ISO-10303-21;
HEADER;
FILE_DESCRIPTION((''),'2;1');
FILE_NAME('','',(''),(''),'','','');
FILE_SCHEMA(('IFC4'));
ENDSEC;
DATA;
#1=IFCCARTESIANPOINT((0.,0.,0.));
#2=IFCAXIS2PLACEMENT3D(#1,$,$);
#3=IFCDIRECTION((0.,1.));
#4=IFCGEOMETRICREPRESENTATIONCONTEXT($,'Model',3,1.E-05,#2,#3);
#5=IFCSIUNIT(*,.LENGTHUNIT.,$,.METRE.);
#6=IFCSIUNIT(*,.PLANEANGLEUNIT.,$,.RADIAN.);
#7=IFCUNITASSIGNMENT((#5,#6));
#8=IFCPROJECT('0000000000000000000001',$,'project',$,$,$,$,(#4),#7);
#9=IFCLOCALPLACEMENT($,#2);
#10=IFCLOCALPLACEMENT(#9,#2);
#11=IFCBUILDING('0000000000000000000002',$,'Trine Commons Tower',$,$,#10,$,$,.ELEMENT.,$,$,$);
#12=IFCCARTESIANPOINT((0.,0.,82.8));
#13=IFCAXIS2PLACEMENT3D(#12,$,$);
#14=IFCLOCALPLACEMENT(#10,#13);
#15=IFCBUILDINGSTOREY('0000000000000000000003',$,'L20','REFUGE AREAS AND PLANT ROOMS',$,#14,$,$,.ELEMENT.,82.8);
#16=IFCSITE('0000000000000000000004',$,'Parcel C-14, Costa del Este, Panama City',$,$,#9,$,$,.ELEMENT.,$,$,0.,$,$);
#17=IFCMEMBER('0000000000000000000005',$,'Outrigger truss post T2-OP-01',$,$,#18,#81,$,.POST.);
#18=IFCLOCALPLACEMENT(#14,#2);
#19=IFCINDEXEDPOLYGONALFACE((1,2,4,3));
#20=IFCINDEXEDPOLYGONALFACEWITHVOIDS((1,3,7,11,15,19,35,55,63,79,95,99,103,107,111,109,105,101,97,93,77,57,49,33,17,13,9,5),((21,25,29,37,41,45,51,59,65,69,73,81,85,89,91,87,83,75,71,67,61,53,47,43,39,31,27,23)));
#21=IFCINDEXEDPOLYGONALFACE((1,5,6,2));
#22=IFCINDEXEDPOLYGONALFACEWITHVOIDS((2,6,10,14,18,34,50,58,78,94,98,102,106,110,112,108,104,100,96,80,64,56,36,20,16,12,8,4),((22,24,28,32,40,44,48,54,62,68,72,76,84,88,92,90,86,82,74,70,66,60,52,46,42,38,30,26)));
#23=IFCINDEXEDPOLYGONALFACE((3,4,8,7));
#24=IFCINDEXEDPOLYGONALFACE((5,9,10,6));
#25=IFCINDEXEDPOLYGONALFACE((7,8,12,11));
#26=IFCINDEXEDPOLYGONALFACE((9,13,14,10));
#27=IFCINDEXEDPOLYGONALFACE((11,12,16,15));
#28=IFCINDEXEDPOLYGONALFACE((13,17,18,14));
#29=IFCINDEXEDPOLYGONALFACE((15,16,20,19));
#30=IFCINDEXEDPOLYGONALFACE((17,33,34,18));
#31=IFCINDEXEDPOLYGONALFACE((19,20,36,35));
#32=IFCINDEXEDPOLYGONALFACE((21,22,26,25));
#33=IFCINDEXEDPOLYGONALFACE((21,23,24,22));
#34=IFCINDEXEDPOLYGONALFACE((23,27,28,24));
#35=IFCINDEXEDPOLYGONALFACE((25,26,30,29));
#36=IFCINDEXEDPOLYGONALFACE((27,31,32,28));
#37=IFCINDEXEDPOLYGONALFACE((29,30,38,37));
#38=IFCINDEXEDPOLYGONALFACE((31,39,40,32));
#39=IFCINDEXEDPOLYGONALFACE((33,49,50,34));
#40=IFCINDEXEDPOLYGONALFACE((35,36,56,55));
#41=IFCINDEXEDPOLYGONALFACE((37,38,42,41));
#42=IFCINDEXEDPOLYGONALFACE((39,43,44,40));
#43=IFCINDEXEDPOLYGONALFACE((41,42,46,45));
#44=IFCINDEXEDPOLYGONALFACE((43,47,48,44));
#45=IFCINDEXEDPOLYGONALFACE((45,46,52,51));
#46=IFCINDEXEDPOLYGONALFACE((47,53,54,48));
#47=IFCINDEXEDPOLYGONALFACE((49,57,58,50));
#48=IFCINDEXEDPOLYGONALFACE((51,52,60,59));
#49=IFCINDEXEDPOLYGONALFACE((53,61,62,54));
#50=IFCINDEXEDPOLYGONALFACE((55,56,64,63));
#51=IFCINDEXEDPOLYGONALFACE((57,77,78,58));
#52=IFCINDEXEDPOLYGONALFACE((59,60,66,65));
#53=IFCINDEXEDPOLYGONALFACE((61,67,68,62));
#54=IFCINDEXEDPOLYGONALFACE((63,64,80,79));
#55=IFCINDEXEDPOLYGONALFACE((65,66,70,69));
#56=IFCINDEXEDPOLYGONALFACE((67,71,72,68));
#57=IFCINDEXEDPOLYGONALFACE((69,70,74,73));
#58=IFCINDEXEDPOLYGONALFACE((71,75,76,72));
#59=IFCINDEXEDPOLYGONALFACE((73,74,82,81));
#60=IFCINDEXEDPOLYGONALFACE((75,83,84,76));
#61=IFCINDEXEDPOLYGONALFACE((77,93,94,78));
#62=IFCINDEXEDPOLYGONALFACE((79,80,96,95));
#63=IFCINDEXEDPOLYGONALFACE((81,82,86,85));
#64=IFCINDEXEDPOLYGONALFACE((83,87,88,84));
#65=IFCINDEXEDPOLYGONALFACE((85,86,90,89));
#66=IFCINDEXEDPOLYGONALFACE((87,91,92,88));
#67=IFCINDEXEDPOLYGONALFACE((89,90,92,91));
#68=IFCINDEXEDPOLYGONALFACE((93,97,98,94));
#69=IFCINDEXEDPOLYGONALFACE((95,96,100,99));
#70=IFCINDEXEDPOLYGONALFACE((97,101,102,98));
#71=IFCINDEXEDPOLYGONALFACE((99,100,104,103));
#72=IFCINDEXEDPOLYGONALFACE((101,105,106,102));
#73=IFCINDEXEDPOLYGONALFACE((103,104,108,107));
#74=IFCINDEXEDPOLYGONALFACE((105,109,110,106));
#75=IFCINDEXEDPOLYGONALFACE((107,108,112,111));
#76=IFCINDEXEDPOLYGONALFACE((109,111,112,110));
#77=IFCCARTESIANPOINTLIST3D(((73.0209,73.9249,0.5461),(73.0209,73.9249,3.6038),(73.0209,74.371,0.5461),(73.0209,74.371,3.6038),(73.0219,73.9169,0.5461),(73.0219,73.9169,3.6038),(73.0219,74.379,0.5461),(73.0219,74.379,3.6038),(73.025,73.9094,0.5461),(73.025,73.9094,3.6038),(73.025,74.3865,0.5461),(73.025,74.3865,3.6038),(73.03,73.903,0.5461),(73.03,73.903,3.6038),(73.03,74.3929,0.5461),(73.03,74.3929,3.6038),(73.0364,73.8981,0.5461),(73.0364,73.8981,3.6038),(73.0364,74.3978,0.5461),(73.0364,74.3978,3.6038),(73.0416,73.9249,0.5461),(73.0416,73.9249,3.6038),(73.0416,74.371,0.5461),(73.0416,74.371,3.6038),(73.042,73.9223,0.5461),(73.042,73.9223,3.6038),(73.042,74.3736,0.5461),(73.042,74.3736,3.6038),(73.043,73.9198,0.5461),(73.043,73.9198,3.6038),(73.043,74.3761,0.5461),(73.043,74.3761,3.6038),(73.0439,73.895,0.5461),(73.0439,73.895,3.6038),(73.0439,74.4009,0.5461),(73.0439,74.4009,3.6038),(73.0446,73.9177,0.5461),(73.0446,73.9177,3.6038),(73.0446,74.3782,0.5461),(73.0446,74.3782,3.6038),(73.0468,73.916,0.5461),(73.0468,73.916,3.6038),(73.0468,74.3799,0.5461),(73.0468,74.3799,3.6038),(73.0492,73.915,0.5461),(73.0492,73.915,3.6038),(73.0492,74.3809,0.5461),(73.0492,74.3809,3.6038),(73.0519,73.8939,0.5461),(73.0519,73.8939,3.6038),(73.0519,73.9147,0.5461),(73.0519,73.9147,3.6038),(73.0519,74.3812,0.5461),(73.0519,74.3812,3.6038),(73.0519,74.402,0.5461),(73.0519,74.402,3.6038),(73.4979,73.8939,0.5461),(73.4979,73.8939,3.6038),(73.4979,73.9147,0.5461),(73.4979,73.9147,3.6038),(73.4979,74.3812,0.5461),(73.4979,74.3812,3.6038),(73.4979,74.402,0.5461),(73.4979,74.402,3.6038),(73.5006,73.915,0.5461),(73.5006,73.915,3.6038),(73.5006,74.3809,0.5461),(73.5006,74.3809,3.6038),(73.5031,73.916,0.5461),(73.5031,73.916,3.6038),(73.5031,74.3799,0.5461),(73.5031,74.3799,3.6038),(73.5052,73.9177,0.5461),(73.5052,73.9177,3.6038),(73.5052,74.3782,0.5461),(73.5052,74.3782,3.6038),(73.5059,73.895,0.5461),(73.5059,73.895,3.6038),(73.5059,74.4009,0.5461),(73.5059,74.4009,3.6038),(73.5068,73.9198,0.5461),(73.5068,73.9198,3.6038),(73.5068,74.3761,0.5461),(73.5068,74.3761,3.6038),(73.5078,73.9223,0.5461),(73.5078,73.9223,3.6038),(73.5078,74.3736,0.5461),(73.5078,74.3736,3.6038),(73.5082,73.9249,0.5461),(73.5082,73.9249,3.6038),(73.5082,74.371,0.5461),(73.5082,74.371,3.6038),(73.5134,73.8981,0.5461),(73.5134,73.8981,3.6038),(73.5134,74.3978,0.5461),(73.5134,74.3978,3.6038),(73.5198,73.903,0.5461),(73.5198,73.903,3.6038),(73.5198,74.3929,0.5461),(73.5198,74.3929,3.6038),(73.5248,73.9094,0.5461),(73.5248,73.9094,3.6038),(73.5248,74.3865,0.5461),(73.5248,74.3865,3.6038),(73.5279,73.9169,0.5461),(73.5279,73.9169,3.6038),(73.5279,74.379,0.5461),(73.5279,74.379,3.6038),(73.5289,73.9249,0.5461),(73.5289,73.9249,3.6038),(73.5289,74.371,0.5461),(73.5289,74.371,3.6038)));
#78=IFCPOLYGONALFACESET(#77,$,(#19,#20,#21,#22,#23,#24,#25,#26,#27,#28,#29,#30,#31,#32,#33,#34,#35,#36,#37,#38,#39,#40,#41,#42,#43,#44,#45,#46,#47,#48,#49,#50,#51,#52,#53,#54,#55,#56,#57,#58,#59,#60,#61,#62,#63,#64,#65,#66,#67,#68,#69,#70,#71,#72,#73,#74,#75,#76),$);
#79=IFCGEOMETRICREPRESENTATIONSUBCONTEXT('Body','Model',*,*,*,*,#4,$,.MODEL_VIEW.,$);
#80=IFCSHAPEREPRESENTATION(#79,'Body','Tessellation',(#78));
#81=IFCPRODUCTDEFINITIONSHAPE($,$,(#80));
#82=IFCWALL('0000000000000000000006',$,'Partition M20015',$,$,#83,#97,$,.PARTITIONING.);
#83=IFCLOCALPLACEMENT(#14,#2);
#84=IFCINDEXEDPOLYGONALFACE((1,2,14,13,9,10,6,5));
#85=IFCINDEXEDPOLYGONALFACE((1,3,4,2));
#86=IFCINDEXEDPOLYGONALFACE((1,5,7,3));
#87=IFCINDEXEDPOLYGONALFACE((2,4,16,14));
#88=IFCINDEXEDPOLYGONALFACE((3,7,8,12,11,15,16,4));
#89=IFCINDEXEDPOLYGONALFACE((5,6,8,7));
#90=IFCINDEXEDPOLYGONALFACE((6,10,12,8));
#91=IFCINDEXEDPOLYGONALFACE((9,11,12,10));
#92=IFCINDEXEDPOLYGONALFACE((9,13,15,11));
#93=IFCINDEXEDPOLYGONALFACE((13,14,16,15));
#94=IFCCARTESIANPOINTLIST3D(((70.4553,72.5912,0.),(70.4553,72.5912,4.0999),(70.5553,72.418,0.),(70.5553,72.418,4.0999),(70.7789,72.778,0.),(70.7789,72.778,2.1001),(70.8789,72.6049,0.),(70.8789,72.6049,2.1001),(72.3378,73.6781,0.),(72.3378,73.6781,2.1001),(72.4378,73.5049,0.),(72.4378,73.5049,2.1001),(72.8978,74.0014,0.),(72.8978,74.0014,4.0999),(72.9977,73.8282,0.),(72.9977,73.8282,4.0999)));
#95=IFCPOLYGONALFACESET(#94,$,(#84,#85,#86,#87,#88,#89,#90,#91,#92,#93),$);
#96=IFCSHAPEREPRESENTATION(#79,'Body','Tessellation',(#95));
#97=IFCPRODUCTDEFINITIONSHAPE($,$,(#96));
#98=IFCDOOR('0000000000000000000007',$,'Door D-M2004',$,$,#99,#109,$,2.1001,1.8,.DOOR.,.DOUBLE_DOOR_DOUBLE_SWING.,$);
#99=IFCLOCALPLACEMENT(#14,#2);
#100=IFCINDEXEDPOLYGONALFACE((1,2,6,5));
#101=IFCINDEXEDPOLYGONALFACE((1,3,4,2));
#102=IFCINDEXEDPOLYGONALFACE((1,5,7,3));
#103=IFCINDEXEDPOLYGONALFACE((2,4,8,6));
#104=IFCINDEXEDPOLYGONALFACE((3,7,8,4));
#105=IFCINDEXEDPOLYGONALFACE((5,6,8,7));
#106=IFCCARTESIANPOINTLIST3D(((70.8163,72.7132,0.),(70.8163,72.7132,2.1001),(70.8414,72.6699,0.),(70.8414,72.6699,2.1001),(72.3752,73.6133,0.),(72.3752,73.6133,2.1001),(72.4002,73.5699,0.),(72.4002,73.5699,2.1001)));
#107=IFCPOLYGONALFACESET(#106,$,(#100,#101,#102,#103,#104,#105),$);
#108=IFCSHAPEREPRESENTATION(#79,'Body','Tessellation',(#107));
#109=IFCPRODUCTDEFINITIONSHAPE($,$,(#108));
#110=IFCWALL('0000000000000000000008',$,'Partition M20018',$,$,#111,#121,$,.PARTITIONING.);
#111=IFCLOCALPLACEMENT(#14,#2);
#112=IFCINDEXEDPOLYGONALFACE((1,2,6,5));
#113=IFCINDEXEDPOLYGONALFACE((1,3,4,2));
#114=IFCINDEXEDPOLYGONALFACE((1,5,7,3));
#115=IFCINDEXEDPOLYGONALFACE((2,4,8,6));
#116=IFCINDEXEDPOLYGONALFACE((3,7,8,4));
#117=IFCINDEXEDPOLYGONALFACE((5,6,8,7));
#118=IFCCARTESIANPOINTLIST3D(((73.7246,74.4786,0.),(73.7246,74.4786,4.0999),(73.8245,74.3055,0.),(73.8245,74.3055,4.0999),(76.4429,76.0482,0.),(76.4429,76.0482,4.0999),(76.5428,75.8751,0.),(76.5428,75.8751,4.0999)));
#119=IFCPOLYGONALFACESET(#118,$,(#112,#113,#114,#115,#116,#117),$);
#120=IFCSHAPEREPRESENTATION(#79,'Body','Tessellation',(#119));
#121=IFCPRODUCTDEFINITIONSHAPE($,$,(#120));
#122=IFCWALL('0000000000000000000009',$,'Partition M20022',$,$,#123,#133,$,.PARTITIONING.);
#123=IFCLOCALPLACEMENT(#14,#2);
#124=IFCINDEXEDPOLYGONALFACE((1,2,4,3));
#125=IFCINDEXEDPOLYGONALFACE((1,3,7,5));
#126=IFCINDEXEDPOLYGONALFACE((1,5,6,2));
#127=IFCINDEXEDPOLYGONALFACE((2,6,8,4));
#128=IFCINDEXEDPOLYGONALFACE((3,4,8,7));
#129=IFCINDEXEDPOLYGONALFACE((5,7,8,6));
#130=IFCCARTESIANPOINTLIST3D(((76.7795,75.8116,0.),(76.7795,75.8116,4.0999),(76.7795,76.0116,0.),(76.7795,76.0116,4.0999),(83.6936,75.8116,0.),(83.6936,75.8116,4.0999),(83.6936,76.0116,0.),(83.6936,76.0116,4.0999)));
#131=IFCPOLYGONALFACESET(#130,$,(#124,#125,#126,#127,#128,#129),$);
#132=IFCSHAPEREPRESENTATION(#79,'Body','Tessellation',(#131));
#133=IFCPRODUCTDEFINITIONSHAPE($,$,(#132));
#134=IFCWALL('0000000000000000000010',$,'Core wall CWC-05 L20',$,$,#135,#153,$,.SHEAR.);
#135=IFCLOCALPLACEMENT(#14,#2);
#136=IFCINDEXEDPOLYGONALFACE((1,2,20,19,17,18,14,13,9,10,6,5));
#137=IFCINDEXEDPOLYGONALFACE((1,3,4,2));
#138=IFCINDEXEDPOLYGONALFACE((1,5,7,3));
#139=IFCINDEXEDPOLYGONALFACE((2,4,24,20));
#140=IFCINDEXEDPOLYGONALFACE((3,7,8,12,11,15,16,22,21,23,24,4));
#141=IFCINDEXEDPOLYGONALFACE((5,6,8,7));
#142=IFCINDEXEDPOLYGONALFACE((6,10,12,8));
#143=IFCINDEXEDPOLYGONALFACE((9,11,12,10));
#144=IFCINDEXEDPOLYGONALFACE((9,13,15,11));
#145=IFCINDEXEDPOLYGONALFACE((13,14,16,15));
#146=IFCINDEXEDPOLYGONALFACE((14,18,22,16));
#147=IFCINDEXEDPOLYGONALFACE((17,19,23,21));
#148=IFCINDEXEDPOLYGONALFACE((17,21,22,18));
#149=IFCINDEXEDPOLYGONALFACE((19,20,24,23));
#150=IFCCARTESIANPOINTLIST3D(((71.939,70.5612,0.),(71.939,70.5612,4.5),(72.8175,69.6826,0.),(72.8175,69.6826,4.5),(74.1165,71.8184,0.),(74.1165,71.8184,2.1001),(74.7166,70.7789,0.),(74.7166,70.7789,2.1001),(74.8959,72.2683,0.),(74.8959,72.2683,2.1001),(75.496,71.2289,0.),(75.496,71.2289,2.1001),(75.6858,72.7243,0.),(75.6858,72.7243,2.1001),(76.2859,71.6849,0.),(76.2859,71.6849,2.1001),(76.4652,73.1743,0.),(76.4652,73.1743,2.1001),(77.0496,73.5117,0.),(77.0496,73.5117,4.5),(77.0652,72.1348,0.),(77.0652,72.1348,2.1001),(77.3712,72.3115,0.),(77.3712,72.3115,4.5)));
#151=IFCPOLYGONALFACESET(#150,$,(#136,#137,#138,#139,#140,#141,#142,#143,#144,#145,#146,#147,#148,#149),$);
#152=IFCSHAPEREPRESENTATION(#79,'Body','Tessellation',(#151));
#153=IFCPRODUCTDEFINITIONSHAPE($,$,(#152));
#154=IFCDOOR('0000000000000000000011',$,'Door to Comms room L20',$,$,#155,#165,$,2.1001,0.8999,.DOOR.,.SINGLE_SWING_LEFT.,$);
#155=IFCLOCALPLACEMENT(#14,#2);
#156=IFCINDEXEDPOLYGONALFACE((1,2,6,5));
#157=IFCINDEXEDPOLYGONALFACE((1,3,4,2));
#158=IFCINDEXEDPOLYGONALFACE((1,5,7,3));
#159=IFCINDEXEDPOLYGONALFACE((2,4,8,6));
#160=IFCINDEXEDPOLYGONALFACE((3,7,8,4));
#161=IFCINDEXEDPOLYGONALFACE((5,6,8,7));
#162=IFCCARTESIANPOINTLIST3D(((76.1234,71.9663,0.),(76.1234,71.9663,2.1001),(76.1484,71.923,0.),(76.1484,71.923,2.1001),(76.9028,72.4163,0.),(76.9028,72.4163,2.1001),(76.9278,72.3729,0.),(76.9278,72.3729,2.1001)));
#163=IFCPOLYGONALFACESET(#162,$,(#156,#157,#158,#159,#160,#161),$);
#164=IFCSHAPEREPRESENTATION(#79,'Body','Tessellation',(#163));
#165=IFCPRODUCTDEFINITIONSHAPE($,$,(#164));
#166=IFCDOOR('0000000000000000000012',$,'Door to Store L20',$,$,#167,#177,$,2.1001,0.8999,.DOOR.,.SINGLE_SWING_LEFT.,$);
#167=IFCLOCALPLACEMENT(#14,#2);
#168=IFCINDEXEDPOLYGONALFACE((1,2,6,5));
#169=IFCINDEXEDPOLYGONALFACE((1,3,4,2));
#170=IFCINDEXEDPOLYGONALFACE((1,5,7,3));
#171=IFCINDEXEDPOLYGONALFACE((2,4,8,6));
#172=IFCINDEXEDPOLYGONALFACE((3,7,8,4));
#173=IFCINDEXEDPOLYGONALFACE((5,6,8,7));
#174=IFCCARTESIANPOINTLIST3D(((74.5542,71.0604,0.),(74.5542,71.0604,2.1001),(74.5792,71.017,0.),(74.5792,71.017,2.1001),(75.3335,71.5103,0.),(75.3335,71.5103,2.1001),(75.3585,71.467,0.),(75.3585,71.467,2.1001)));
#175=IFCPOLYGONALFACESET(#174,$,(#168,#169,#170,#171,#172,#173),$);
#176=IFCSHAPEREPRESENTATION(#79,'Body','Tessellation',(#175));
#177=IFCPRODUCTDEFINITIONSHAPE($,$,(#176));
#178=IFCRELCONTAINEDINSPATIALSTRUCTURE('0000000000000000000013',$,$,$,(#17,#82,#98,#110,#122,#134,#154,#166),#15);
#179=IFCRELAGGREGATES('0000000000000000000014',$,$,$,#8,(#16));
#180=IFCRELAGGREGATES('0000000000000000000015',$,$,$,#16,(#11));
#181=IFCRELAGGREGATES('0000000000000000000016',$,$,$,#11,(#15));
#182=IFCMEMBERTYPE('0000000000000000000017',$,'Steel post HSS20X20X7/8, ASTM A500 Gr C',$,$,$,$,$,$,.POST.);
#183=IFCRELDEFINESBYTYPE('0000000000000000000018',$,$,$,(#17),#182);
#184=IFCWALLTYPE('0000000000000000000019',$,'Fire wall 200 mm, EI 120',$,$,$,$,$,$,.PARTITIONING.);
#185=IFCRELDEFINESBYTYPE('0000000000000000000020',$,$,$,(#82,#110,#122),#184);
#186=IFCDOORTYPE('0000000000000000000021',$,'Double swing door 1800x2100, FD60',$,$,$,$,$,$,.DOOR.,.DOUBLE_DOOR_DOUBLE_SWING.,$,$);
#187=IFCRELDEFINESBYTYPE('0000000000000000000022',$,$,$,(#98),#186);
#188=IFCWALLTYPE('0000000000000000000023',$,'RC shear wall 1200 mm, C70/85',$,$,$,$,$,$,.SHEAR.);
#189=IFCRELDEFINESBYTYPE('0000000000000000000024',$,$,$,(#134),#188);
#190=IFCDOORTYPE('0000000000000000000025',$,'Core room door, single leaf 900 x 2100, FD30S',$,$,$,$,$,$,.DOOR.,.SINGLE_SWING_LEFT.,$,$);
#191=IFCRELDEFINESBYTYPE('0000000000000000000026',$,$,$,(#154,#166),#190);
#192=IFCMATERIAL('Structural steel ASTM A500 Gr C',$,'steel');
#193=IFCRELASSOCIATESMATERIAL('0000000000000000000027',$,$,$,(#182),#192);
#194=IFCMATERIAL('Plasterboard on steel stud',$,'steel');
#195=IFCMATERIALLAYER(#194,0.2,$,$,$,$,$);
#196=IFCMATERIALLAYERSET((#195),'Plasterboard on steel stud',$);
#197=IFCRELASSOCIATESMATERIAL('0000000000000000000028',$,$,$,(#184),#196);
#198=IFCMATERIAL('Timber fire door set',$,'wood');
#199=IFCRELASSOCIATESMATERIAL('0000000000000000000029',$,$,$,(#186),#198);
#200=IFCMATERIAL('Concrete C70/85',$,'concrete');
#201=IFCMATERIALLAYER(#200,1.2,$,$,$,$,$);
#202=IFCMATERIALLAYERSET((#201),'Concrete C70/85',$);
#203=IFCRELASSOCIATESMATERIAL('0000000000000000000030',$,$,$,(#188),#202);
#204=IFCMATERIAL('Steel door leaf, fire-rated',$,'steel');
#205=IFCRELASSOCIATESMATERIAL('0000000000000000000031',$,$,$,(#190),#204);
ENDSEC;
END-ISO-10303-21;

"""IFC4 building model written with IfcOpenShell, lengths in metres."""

from ifc_helpers import new_model, si_unit, direction, frame, frame_2d, origin, origin_2d, place, context, subcontext, project, spatial, polyline, rectangle, hollow_rectangle, outline, extrude, material, layer, layer_set, material_profile, profile_set, type_object, element, fill, save


model = new_model("IFC4")

# Units and contexts
model_context = context("Model", 3, precision=1e-05, world=origin(), true_north=direction((0.0, 1.0)))
body_context = subcontext(model_context, "Body", "Model", "MODEL_VIEW")
ifc_project = project(units=[si_unit("LENGTHUNIT", "METRE"), si_unit("PLANEANGLEUNIT", "RADIAN")], contexts=[model_context])

# Site, building, storey
site_placement = place(None, origin())
site = spatial("IfcSite", under=ifc_project, at=site_placement, Name="Parcel C-14, Costa del Este, Panama City", CompositionType="ELEMENT", RefElevation=0.0)
building_placement = place(site_placement, origin())
building = spatial("IfcBuilding", under=site, at=building_placement, Name="Trine Commons Tower", CompositionType="ELEMENT")
storey_placement = place(building_placement, frame((0.0, 0.0, 82.8)))
storey = spatial("IfcBuildingStorey", under=building, at=storey_placement, Name="L20", Description="REFUGE AREAS AND PLANT ROOMS", CompositionType="ELEMENT", Elevation=82.8)

# Member
ifc_material_1 = material(Name="Structural steel ASTM A500 Gr C", Category="steel")
ifc_material_profile_1 = material_profile(ifc_material_1, hollow_rectangle(XDim=0.5081, YDim=0.5081, WallThickness=0.0208, InnerFilletRadius=0.0103, OuterFilletRadius=0.031, at=origin_2d()), Name="HSS20X20X7/8")
ifc_profile_set_1 = profile_set([ifc_material_profile_1], Name="Structural steel ASTM A500 Gr C")
member_type_1 = type_object("IfcMemberType", Name="Steel post HSS20X20X7/8, ASTM A500 Gr C", PredefinedType="POST", material=ifc_profile_set_1)
member_1_placement = place(storey_placement, frame((73.2749, 74.1479, 0.5461), z_axis=(0.0, 0.0, 1.0), x_axis=(1.0, 0.0, 0.0)))
element("IfcMember", 1, at=member_1_placement, inside=storey, type_object=member_type_1, Name="Outrigger truss post T2-OP-01", PredefinedType="POST", context=body_context, shape_type="SweptSolid", body=[
    extrude(hollow_rectangle(XDim=0.5081, YDim=0.5081, WallThickness=0.0208, InnerFilletRadius=0.0103, OuterFilletRadius=0.031, at=origin_2d()), origin(), (0.0, 0.0, 1.0), 3.0576),
])

# Wall, opening, door
ifc_material_2 = material(Name="Plasterboard on steel stud", Category="steel")
ifc_layer_1 = layer(ifc_material_2, 0.2)
ifc_layer_set_1 = layer_set([ifc_layer_1], Name="Plasterboard on steel stud")
wall_type_1 = type_object("IfcWallType", Name="Fire wall 200 mm, EI 120", PredefinedType="PARTITIONING", material=ifc_layer_set_1)
wall_1_placement = place(storey_placement, frame((72.9478, 73.9148, 0.0), z_axis=(0.0, 0.0, 1.0), x_axis=(-0.866018, -0.500012, 0.0)))
wall_1 = element("IfcWall", 2, at=wall_1_placement, inside=storey, type_object=wall_type_1, Name="Partition M20015", PredefinedType="PARTITIONING", context=body_context, shape_type="SweptSolid", body=[
    extrude(rectangle(XDim=2.8203, YDim=0.2, at=frame_2d((1.4102, 0.0))), origin(), (0.0, 0.0, 1.0), 4.0999),
])
opening_1_placement = place(wall_1_placement, frame((0.6467, 0.0, 0.0)))
opening_1 = element("IfcOpeningElement", 3, at=opening_1_placement, cuts=wall_1, PredefinedType="OPENING", context=body_context, shape_type="SweptSolid", body=[
    extrude(rectangle(XDim=1.8, YDim=2.1001, at=frame_2d((0.8999, 1.05))), frame((0.0, 0.1099, 0.0), z_axis=(0.0, -1.0, 0.0), x_axis=(1.0, 0.0, 0.0)), (0.0, 0.0, 1.0), 0.22),
])
ifc_material_3 = material(Name="Timber fire door set", Category="wood")
door_type_1 = type_object("IfcDoorType", Name="Double swing door 1800x2100, FD60", OperationType="DOUBLE_DOOR_DOUBLE_SWING", PredefinedType="DOOR", material=ifc_material_3)
door_1_placement = place(opening_1_placement, origin())
door_1 = element("IfcDoor", 4, at=door_1_placement, inside=storey, type_object=door_type_1, Name="Door D-M2004", OperationType="DOUBLE_DOOR_DOUBLE_SWING", OverallHeight=2.1001, OverallWidth=1.8, PredefinedType="DOOR", context=body_context, shape_type="SweptSolid", body=[
    extrude(rectangle(XDim=1.8, YDim=2.1001, at=frame_2d((0.8999, 1.05))), frame((0.0, 0.0249, 0.0), z_axis=(0.0, -1.0, 0.0), x_axis=(1.0, 0.0, 0.0)), (0.0, 0.0, 1.0), 0.05),
])
fill(opening_1, door_1)

# Walls
wall_2_placement = place(storey_placement, frame((73.7747, 74.3921, 0.0), z_axis=(0.0, 0.0, 1.0), x_axis=(0.865999, 0.500046, 0.0)))
element("IfcWall", 5, at=wall_2_placement, inside=storey, type_object=wall_type_1, Name="Partition M20018", PredefinedType="PARTITIONING", context=body_context, shape_type="SweptSolid", body=[
    extrude(rectangle(XDim=3.1389, YDim=0.2, at=frame_2d((1.5693, 0.0))), origin(), (0.0, 0.0, 1.0), 4.0999),
])
wall_3_placement = place(storey_placement, frame((76.7795, 75.9116, 0.0), z_axis=(0.0, 0.0, 1.0), x_axis=(1.0, 0.0, 0.0)))
element("IfcWall", 6, at=wall_3_placement, inside=storey, type_object=wall_type_1, Name="Partition M20022", PredefinedType="PARTITIONING", context=body_context, shape_type="SweptSolid", body=[
    extrude(rectangle(XDim=6.9141, YDim=0.2, at=frame_2d((3.457, 0.0))), origin(), (0.0, 0.0, 1.0), 4.0999),
])

# Wall, openings, doors
ifc_material_4 = material(Name="Concrete C70/85", Category="concrete")
ifc_layer_2 = layer(ifc_material_4, 1.2)
ifc_layer_set_2 = layer_set([ifc_layer_2], Name="Concrete C70/85")
wall_type_2 = type_object("IfcWallType", Name="RC shear wall 1200 mm, C70/85", PredefinedType="SHEAR", material=ifc_layer_set_2)
wall_4_placement = place(storey_placement, frame((77.3496, 72.9919, 0.0), z_axis=(0.0, 0.0, 1.0), x_axis=(-0.866037, -0.499979, 0.0)))
wall_4 = element("IfcWall", 7, at=wall_4_placement, inside=storey, type_object=wall_type_2, Name="Core wall CWC-05 L20", PredefinedType="SHEAR", context=body_context, shape_type="SweptSolid", body=[
    extrude(outline(polyline([(0.0, -0.6001), (5.9011, -0.6001), (5.5796, 0.6001), (0.3215, 0.6001), (0.0, -0.6001)])), origin(), (0.0, 0.0, 1.0), 4.5),
])
opening_2_placement = place(wall_4_placement, frame((0.6748, 0.0, 0.0)))
opening_2 = element("IfcOpeningElement", 8, at=opening_2_placement, cuts=wall_4, PredefinedType="OPENING", context=body_context, shape_type="SweptSolid", body=[
    extrude(rectangle(XDim=0.8999, YDim=2.1001, at=frame_2d((0.45, 1.05))), frame((0.0, 0.6099, 0.0), z_axis=(0.0, -1.0, 0.0), x_axis=(1.0, 0.0, 0.0)), (0.0, 0.0, 1.0), 1.22),
])
opening_3_placement = place(wall_4_placement, frame((2.4868, 0.0, 0.0)))
opening_3 = element("IfcOpeningElement", 9, at=opening_3_placement, cuts=wall_4, PredefinedType="OPENING", context=body_context, shape_type="SweptSolid", body=[
    extrude(rectangle(XDim=0.8999, YDim=2.1001, at=frame_2d((0.45, 1.05))), frame((0.0, 0.6099, 0.0), z_axis=(0.0, -1.0, 0.0), x_axis=(1.0, 0.0, 0.0)), (0.0, 0.0, 1.0), 1.22),
])
ifc_material_5 = material(Name="Steel door leaf, fire-rated", Category="steel")
door_type_2 = type_object("IfcDoorType", Name="Core room door, single leaf 900 x 2100, FD30S", OperationType="SINGLE_SWING_LEFT", PredefinedType="DOOR", material=ifc_material_5)
door_2_placement = place(opening_2_placement, origin())
door_2 = element("IfcDoor", 10, at=door_2_placement, inside=storey, type_object=door_type_2, Name="Door to Comms room L20", OperationType="SINGLE_SWING_LEFT", OverallHeight=2.1001, OverallWidth=0.8999, PredefinedType="DOOR", context=body_context, shape_type="SweptSolid", body=[
    extrude(rectangle(XDim=0.8999, YDim=2.1001, at=frame_2d((0.45, 1.05))), frame((0.0, 0.3252, 0.0), z_axis=(0.0, -1.0, 0.0), x_axis=(1.0, 0.0, 0.0)), (0.0, 0.0, 1.0), 0.05),
])
fill(opening_2, door_2)
door_3_placement = place(opening_3_placement, origin())
door_3 = element("IfcDoor", 11, at=door_3_placement, inside=storey, type_object=door_type_2, Name="Door to Store L20", OperationType="SINGLE_SWING_LEFT", OverallHeight=2.1001, OverallWidth=0.8999, PredefinedType="DOOR", context=body_context, shape_type="SweptSolid", body=[
    extrude(rectangle(XDim=0.8999, YDim=2.1001, at=frame_2d((0.45, 1.05))), frame((0.0, 0.3252, 0.0), z_axis=(0.0, -1.0, 0.0), x_axis=(1.0, 0.0, 0.0)), (0.0, 0.0, 1.0), 0.05),
])
fill(opening_3, door_3)

save(model, "model.ifc")
